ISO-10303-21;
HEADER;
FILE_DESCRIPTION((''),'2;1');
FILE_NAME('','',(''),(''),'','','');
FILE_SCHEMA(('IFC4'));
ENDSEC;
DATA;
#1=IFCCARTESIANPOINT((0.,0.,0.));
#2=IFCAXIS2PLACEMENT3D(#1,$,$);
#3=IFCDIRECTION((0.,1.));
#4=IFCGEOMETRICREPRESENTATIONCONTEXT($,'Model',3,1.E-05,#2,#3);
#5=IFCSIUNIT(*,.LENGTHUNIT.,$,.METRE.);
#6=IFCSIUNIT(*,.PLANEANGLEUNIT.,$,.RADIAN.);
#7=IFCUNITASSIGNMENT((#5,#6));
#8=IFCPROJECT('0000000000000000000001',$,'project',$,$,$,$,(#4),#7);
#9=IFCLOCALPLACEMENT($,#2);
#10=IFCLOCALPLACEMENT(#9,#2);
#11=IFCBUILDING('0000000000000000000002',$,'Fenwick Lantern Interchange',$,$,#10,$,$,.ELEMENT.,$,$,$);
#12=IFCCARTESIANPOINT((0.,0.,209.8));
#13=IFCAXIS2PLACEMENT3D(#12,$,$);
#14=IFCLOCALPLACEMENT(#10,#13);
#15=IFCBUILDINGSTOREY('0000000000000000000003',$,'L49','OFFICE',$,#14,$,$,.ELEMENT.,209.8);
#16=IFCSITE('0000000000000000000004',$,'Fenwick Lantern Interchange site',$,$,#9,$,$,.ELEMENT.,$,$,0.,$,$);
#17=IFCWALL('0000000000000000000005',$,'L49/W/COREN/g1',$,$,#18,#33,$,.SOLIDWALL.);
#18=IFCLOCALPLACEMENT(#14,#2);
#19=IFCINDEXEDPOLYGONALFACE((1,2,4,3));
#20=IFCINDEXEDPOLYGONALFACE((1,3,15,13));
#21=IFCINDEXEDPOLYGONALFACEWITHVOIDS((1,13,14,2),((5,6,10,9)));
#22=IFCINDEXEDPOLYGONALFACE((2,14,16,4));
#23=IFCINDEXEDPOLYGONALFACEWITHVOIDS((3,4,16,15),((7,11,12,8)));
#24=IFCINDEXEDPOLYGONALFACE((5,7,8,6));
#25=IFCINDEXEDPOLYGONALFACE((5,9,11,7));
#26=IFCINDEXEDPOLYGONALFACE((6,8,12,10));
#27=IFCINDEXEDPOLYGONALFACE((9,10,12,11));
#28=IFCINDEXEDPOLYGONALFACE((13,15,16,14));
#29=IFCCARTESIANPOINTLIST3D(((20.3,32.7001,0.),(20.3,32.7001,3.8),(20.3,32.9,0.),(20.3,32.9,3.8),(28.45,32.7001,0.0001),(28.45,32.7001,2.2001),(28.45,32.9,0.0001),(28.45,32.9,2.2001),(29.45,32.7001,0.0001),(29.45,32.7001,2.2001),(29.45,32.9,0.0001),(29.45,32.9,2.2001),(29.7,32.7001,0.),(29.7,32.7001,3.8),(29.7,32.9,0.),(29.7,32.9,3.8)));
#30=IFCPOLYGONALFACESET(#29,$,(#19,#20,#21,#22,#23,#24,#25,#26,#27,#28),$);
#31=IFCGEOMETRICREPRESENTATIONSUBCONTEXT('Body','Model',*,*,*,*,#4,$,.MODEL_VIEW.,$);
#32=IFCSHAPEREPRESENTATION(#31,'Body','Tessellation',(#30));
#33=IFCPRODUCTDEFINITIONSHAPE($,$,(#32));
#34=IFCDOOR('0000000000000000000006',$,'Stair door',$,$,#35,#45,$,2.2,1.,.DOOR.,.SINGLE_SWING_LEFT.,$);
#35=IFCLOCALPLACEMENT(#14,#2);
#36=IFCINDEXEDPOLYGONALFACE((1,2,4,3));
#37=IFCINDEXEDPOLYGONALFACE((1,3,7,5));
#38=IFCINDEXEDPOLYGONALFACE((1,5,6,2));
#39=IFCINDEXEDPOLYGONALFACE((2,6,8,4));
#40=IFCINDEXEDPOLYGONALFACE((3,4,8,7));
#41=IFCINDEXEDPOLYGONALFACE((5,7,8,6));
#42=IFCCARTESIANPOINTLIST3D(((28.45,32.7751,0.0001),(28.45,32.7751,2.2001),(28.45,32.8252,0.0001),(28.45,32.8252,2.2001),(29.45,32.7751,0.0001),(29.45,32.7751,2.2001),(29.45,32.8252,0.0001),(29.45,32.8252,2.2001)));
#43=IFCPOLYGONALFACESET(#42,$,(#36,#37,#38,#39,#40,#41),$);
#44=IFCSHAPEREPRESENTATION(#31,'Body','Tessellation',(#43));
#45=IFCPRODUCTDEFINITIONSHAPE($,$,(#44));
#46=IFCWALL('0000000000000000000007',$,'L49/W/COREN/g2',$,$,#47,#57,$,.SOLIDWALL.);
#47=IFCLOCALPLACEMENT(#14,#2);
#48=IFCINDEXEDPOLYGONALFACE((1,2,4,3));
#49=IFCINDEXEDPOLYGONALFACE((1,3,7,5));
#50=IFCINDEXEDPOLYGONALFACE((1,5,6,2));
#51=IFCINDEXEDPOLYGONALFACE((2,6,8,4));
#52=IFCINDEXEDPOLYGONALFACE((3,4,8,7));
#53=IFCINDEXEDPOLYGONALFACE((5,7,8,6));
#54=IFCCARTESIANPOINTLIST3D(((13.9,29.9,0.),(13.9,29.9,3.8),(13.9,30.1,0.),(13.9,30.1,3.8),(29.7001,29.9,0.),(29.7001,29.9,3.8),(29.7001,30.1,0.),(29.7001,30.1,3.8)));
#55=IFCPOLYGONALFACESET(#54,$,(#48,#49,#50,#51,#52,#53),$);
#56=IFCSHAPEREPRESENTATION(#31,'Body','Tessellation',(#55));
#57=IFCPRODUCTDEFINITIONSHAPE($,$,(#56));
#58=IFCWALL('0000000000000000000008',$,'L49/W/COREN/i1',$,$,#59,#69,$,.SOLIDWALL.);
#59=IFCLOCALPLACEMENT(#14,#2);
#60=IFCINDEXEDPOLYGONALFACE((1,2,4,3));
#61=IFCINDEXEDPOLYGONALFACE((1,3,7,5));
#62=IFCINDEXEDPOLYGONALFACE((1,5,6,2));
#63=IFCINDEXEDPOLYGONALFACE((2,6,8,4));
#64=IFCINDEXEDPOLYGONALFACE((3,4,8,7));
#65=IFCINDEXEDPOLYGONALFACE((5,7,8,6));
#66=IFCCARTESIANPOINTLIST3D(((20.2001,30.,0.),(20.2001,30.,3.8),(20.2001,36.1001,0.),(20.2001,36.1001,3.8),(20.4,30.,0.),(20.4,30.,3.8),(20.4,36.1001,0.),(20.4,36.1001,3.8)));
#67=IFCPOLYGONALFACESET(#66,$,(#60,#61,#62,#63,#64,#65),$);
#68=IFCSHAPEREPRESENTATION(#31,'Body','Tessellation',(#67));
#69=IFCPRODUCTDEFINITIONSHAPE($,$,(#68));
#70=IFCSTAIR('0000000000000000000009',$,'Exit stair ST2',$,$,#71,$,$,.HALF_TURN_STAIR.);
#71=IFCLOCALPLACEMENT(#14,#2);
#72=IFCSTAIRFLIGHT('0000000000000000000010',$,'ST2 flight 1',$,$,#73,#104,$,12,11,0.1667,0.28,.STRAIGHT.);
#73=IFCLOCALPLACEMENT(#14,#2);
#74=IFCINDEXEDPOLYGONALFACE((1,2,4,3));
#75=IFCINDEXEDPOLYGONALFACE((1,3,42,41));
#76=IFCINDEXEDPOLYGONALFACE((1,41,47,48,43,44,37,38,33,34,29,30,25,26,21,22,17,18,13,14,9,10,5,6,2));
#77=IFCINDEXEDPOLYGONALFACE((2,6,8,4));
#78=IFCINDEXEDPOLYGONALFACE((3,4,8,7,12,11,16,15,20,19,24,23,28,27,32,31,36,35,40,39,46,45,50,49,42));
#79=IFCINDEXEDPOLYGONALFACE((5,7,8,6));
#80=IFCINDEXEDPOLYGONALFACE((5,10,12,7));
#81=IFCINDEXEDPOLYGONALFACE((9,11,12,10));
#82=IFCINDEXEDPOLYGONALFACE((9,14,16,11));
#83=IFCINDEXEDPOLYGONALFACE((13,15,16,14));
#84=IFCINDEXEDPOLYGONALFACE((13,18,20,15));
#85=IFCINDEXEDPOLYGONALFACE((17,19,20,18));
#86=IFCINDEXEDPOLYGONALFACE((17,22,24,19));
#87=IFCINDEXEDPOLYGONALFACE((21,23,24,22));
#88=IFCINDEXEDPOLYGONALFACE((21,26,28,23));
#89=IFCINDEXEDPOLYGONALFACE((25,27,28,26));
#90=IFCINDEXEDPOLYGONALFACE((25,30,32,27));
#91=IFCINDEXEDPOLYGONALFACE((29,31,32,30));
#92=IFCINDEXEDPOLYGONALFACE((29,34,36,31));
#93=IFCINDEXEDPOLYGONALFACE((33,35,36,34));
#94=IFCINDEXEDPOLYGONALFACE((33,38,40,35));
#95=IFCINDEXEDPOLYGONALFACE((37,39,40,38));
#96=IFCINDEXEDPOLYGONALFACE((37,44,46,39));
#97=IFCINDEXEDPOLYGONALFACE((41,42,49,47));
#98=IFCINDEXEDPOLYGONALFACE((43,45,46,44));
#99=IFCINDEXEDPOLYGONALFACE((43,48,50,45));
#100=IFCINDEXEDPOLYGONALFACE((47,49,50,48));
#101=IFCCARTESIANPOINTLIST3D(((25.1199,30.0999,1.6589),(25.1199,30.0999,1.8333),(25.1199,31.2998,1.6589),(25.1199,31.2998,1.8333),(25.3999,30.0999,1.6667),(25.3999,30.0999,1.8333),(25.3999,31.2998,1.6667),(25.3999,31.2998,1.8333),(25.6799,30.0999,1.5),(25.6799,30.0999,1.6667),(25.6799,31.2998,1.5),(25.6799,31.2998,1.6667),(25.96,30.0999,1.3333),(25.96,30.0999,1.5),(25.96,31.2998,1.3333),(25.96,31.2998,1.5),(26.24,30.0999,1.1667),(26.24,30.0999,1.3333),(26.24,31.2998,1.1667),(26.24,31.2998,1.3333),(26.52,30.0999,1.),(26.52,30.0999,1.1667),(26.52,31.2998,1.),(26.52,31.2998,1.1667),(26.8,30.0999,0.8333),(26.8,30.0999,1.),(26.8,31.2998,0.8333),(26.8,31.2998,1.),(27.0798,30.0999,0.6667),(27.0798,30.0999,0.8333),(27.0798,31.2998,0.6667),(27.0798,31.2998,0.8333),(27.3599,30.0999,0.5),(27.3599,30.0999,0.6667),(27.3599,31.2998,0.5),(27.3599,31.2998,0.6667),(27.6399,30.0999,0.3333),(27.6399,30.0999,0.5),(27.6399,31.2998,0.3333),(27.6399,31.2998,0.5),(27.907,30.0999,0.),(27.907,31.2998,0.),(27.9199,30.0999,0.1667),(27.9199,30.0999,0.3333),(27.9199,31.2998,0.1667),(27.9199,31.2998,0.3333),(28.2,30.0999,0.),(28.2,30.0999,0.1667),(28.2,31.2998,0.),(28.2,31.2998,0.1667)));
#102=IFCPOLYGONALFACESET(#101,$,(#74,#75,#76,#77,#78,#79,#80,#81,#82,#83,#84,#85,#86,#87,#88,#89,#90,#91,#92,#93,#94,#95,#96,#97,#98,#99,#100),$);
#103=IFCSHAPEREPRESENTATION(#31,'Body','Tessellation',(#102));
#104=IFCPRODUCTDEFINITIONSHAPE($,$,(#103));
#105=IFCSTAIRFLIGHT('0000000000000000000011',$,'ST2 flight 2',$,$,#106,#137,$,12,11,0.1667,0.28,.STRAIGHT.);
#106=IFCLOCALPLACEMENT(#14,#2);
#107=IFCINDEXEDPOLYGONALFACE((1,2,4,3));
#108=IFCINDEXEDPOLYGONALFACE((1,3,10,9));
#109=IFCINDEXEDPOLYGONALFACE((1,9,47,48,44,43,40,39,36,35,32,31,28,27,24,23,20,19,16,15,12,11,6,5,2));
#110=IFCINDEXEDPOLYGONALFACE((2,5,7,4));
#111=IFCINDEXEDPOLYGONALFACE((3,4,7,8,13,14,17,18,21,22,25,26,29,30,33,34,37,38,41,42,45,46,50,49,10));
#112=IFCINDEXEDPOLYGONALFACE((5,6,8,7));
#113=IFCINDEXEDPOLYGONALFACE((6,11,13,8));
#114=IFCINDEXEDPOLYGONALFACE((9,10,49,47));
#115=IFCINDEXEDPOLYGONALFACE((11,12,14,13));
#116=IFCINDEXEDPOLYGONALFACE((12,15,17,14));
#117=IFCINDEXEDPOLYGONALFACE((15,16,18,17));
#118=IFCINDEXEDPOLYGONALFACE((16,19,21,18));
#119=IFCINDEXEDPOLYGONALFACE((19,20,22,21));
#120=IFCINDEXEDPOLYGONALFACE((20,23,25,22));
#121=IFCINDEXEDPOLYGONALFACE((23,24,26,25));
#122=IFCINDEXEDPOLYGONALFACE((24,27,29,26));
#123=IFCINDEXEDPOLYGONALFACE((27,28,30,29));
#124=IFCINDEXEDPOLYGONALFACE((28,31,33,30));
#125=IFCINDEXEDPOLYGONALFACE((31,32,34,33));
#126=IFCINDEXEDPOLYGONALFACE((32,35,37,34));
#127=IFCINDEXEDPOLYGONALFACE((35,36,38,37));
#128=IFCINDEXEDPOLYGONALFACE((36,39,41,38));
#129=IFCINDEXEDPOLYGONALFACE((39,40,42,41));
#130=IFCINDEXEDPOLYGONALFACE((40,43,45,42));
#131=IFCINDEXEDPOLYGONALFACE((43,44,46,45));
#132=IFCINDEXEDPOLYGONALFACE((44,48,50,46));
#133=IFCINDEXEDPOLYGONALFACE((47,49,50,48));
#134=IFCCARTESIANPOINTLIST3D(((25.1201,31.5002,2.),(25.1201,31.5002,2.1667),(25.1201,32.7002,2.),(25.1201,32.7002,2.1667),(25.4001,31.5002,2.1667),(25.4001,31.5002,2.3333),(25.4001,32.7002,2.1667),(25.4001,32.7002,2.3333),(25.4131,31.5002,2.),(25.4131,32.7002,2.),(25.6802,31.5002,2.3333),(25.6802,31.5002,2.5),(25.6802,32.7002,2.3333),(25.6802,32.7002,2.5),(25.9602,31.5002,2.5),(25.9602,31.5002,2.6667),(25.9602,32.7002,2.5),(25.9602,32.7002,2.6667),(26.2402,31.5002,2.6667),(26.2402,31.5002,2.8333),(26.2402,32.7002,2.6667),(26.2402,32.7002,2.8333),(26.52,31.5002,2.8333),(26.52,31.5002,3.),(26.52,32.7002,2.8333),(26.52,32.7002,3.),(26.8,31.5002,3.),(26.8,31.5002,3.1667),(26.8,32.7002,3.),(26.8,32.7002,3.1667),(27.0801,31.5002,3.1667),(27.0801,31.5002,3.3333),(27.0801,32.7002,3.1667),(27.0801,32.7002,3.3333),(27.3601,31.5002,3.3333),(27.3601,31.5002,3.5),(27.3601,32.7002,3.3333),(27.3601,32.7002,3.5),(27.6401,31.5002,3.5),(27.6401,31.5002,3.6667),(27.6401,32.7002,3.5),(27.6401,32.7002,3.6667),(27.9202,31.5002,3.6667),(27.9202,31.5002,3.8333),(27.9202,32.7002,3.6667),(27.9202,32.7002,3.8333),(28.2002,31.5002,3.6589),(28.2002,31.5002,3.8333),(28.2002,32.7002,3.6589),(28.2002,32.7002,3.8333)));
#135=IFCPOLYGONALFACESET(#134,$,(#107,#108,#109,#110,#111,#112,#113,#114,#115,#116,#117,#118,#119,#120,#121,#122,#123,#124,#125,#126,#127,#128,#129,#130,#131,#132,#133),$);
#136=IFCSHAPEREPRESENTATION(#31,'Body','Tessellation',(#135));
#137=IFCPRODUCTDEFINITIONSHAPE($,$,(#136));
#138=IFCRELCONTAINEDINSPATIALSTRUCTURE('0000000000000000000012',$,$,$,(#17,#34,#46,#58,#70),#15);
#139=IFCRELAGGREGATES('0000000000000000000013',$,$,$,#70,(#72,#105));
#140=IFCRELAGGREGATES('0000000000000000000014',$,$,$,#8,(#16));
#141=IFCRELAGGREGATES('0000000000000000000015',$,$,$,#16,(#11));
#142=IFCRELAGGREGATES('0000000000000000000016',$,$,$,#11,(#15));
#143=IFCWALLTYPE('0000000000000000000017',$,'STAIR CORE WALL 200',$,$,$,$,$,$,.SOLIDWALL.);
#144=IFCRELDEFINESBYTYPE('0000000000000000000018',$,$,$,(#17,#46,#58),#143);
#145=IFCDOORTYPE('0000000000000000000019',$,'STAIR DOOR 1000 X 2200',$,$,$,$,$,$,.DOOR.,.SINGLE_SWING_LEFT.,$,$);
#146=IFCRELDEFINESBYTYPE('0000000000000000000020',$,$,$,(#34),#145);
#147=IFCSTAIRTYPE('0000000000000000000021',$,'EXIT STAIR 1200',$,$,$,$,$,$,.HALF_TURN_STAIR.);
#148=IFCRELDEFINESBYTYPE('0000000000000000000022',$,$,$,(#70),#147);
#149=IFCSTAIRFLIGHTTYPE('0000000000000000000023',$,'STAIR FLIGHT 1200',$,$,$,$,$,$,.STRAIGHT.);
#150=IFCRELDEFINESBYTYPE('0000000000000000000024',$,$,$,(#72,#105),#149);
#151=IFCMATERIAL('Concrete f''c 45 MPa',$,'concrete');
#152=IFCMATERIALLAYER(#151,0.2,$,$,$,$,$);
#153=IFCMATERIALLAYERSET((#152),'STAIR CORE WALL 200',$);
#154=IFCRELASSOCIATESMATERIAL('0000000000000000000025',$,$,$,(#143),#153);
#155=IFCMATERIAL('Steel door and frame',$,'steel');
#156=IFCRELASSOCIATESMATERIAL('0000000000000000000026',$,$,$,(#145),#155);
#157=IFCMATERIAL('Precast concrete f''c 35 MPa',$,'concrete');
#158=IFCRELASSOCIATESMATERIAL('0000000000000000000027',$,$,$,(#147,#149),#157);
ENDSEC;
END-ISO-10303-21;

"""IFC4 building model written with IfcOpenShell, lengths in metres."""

from ifc_helpers import new_model, si_unit, direction, frame, frame_2d, origin, place, context, subcontext, project, spatial, polyline, rectangle, outline, extrude, material, layer, layer_set, type_object, element, fill, aggregate, save


model = new_model("IFC4")

# Units and contexts
model_context = context("Model", 3, precision=1e-05, world=origin(), true_north=direction((0.0, 1.0)))
body_context = subcontext(model_context, "Body", "Model", "MODEL_VIEW")
ifc_project = project(units=[si_unit("LENGTHUNIT", "METRE"), si_unit("PLANEANGLEUNIT", "RADIAN")], contexts=[model_context])

# Site, building, storey
site_placement = place(None, origin())
site = spatial("IfcSite", under=ifc_project, at=site_placement, Name="Fenwick Lantern Interchange site", CompositionType="ELEMENT", RefElevation=0.0)
building_placement = place(site_placement, origin())
building = spatial("IfcBuilding", under=site, at=building_placement, Name="Fenwick Lantern Interchange", CompositionType="ELEMENT")
storey_placement = place(building_placement, frame((0.0, 0.0, 209.8)))
storey = spatial("IfcBuildingStorey", under=building, at=storey_placement, Name="L49", Description="OFFICE", CompositionType="ELEMENT", Elevation=209.8)

# Shared definitions
ifc_material_1 = material(Name="Steel door and frame", Category="steel")

# Shared definitions
ifc_material_2 = material(Name="Concrete f'c 45 MPa", Category="concrete")
ifc_layer_1 = layer(ifc_material_2, 0.2)
ifc_layer_set_1 = layer_set([ifc_layer_1], Name="STAIR CORE WALL 200")
wall_type_1 = type_object("IfcWallType", Name="STAIR CORE WALL 200", PredefinedType="SOLIDWALL", material=ifc_layer_set_1)

# Wall, opening, door
wall_1_placement = place(storey_placement, frame((29.7, 32.8, 0.0), z_axis=(0.0, 0.0, 1.0), x_axis=(-1.0, 0.0, 0.0)))
wall_1 = element("IfcWall", 1, at=wall_1_placement, inside=storey, type_object=wall_type_1, Name="L49/W/COREN/g1", PredefinedType="SOLIDWALL", context=body_context, shape_type="SweptSolid", body=[
    extrude(rectangle(XDim=9.3999, YDim=0.2, at=frame_2d((4.7, 0.0))), origin(), (0.0, 0.0, 1.0), 3.8),
])
opening_1_placement = place(wall_1_placement, frame((0.25, 0.0, 0.0)))
opening_1 = element("IfcOpeningElement", 2, at=opening_1_placement, cuts=wall_1, PredefinedType="OPENING", context=body_context, shape_type="SweptSolid", body=[
    extrude(rectangle(XDim=1.0, YDim=2.2, at=frame_2d((0.5, 1.1001))), frame((0.0, 0.1099, 0.0), z_axis=(0.0, -1.0, 0.0), x_axis=(1.0, 0.0, 0.0)), (0.0, 0.0, 1.0), 0.22),
])
door_type_1 = type_object("IfcDoorType", Name="STAIR DOOR 1000 X 2200", OperationType="SINGLE_SWING_LEFT", PredefinedType="DOOR", material=ifc_material_1)
door_1_placement = place(opening_1_placement, origin())
door_1 = element("IfcDoor", 3, at=door_1_placement, inside=storey, type_object=door_type_1, Name="Stair door", OperationType="SINGLE_SWING_LEFT", OverallHeight=2.2, OverallWidth=1.0, PredefinedType="DOOR", context=body_context, shape_type="SweptSolid", body=[
    extrude(rectangle(XDim=1.0, YDim=2.2, at=frame_2d((0.5, 1.1001))), frame((0.0, 0.0249, 0.0), z_axis=(0.0, -1.0, 0.0), x_axis=(1.0, 0.0, 0.0)), (0.0, 0.0, 1.0), 0.05),
])
fill(opening_1, door_1)

# Walls
wall_2_placement = place(storey_placement, frame((29.7, 30.0, 0.0), z_axis=(0.0, 0.0, 1.0), x_axis=(-1.0, 0.0, 0.0)))
element("IfcWall", 4, at=wall_2_placement, inside=storey, type_object=wall_type_1, Name="L49/W/COREN/g2", PredefinedType="SOLIDWALL", context=body_context, shape_type="SweptSolid", body=[
    extrude(rectangle(XDim=15.8, YDim=0.2, at=frame_2d((7.8999, 0.0))), origin(), (0.0, 0.0, 1.0), 3.8),
])
wall_3_placement = place(storey_placement, frame((20.3, 36.1001, 0.0), z_axis=(0.0, 0.0, 1.0), x_axis=(0.0, -1.0, 0.0)))
element("IfcWall", 5, at=wall_3_placement, inside=storey, type_object=wall_type_1, Name="L49/W/COREN/i1", PredefinedType="SOLIDWALL", context=body_context, shape_type="SweptSolid", body=[
    extrude(rectangle(XDim=6.1001, YDim=0.2, at=frame_2d((3.05, 0.0))), origin(), (0.0, 0.0, 1.0), 3.8),
])

# Stair, stair flights
ifc_material_3 = material(Name="Precast concrete f'c 35 MPa", Category="concrete")
stair_type = type_object("IfcStairType", Name="EXIT STAIR 1200", PredefinedType="HALF_TURN_STAIR", material=ifc_material_3)
stair_placement = place(storey_placement, origin())
stair = element("IfcStair", 6, at=stair_placement, inside=storey, type_object=stair_type, Name="Exit stair ST2", PredefinedType="HALF_TURN_STAIR")
stair_flight_type = type_object("IfcStairFlightType", Name="STAIR FLIGHT 1200", PredefinedType="STRAIGHT", material=ifc_material_3)
stair_flight_1_placement = place(storey_placement, frame((28.2, 30.7, 0.0), z_axis=(0.0, 0.0, 1.0), x_axis=(-1.0, 0.0, 0.0)))
stair_flight_1 = element("IfcStairFlight", 7, at=stair_flight_1_placement, type_object=stair_flight_type, Name="ST2 flight 1", NumberOfRisers=12, NumberOfTreads=11, PredefinedType="STRAIGHT", RiserHeight=0.1667, TreadLength=0.28, context=body_context, shape_type="SweptSolid", body=[
    extrude(outline(polyline([(0.0, 0.0), (0.0, 0.1667), (0.28, 0.1667), (0.28, 0.3333), (0.5601, 0.3333), (0.5601, 0.5), (0.8401, 0.5), (0.8401, 0.6667), (1.1201, 0.6667), (1.1201, 0.8333), (1.3999, 0.8333), (1.3999, 1.0), (1.6799, 1.0), (1.6799, 1.1667), (1.96, 1.1667), (1.96, 1.3333), (2.24, 1.3333), (2.24, 1.5), (2.52, 1.5), (2.52, 1.6667), (2.8, 1.6667), (2.8, 1.8333), (3.0801, 1.8333), (3.0801, 2.0), (3.0801, 1.6589), (0.293, 0.0), (0.0, 0.0)])), frame((0.0, 0.6001, 0.0), z_axis=(0.0, -1.0, 0.0), x_axis=(1.0, 0.0, 0.0)), (0.0, 0.0, 1.0), 1.2),
])
stair_flight_2_placement = place(storey_placement, frame((25.1201, 32.1001, 2.0), z_axis=(0.0, 0.0, 1.0), x_axis=(1.0, 0.0, 0.0)))
stair_flight_2 = element("IfcStairFlight", 8, at=stair_flight_2_placement, type_object=stair_flight_type, Name="ST2 flight 2", NumberOfRisers=12, NumberOfTreads=11, PredefinedType="STRAIGHT", RiserHeight=0.1667, TreadLength=0.28, context=body_context, shape_type="SweptSolid", body=[
    extrude(outline(polyline([(0.0, 0.0), (0.0, 0.1667), (0.28, 0.1667), (0.28, 0.3333), (0.5601, 0.3333), (0.5601, 0.5), (0.8401, 0.5), (0.8401, 0.6667), (1.1201, 0.6667), (1.1201, 0.8333), (1.3999, 0.8333), (1.3999, 1.0), (1.6799, 1.0), (1.6799, 1.1667), (1.96, 1.1667), (1.96, 1.3333), (2.24, 1.3333), (2.24, 1.5), (2.52, 1.5), (2.52, 1.6667), (2.8, 1.6667), (2.8, 1.8333), (3.0801, 1.8333), (3.0801, 2.0), (3.0801, 1.6589), (0.293, 0.0), (0.0, 0.0)])), frame((0.0, 0.6001, 0.0), z_axis=(0.0, -1.0, 0.0), x_axis=(1.0, 0.0, 0.0)), (0.0, 0.0, 1.0), 1.2),
])
aggregate(stair, [stair_flight_1, stair_flight_2])

save(model, "model.ifc")
